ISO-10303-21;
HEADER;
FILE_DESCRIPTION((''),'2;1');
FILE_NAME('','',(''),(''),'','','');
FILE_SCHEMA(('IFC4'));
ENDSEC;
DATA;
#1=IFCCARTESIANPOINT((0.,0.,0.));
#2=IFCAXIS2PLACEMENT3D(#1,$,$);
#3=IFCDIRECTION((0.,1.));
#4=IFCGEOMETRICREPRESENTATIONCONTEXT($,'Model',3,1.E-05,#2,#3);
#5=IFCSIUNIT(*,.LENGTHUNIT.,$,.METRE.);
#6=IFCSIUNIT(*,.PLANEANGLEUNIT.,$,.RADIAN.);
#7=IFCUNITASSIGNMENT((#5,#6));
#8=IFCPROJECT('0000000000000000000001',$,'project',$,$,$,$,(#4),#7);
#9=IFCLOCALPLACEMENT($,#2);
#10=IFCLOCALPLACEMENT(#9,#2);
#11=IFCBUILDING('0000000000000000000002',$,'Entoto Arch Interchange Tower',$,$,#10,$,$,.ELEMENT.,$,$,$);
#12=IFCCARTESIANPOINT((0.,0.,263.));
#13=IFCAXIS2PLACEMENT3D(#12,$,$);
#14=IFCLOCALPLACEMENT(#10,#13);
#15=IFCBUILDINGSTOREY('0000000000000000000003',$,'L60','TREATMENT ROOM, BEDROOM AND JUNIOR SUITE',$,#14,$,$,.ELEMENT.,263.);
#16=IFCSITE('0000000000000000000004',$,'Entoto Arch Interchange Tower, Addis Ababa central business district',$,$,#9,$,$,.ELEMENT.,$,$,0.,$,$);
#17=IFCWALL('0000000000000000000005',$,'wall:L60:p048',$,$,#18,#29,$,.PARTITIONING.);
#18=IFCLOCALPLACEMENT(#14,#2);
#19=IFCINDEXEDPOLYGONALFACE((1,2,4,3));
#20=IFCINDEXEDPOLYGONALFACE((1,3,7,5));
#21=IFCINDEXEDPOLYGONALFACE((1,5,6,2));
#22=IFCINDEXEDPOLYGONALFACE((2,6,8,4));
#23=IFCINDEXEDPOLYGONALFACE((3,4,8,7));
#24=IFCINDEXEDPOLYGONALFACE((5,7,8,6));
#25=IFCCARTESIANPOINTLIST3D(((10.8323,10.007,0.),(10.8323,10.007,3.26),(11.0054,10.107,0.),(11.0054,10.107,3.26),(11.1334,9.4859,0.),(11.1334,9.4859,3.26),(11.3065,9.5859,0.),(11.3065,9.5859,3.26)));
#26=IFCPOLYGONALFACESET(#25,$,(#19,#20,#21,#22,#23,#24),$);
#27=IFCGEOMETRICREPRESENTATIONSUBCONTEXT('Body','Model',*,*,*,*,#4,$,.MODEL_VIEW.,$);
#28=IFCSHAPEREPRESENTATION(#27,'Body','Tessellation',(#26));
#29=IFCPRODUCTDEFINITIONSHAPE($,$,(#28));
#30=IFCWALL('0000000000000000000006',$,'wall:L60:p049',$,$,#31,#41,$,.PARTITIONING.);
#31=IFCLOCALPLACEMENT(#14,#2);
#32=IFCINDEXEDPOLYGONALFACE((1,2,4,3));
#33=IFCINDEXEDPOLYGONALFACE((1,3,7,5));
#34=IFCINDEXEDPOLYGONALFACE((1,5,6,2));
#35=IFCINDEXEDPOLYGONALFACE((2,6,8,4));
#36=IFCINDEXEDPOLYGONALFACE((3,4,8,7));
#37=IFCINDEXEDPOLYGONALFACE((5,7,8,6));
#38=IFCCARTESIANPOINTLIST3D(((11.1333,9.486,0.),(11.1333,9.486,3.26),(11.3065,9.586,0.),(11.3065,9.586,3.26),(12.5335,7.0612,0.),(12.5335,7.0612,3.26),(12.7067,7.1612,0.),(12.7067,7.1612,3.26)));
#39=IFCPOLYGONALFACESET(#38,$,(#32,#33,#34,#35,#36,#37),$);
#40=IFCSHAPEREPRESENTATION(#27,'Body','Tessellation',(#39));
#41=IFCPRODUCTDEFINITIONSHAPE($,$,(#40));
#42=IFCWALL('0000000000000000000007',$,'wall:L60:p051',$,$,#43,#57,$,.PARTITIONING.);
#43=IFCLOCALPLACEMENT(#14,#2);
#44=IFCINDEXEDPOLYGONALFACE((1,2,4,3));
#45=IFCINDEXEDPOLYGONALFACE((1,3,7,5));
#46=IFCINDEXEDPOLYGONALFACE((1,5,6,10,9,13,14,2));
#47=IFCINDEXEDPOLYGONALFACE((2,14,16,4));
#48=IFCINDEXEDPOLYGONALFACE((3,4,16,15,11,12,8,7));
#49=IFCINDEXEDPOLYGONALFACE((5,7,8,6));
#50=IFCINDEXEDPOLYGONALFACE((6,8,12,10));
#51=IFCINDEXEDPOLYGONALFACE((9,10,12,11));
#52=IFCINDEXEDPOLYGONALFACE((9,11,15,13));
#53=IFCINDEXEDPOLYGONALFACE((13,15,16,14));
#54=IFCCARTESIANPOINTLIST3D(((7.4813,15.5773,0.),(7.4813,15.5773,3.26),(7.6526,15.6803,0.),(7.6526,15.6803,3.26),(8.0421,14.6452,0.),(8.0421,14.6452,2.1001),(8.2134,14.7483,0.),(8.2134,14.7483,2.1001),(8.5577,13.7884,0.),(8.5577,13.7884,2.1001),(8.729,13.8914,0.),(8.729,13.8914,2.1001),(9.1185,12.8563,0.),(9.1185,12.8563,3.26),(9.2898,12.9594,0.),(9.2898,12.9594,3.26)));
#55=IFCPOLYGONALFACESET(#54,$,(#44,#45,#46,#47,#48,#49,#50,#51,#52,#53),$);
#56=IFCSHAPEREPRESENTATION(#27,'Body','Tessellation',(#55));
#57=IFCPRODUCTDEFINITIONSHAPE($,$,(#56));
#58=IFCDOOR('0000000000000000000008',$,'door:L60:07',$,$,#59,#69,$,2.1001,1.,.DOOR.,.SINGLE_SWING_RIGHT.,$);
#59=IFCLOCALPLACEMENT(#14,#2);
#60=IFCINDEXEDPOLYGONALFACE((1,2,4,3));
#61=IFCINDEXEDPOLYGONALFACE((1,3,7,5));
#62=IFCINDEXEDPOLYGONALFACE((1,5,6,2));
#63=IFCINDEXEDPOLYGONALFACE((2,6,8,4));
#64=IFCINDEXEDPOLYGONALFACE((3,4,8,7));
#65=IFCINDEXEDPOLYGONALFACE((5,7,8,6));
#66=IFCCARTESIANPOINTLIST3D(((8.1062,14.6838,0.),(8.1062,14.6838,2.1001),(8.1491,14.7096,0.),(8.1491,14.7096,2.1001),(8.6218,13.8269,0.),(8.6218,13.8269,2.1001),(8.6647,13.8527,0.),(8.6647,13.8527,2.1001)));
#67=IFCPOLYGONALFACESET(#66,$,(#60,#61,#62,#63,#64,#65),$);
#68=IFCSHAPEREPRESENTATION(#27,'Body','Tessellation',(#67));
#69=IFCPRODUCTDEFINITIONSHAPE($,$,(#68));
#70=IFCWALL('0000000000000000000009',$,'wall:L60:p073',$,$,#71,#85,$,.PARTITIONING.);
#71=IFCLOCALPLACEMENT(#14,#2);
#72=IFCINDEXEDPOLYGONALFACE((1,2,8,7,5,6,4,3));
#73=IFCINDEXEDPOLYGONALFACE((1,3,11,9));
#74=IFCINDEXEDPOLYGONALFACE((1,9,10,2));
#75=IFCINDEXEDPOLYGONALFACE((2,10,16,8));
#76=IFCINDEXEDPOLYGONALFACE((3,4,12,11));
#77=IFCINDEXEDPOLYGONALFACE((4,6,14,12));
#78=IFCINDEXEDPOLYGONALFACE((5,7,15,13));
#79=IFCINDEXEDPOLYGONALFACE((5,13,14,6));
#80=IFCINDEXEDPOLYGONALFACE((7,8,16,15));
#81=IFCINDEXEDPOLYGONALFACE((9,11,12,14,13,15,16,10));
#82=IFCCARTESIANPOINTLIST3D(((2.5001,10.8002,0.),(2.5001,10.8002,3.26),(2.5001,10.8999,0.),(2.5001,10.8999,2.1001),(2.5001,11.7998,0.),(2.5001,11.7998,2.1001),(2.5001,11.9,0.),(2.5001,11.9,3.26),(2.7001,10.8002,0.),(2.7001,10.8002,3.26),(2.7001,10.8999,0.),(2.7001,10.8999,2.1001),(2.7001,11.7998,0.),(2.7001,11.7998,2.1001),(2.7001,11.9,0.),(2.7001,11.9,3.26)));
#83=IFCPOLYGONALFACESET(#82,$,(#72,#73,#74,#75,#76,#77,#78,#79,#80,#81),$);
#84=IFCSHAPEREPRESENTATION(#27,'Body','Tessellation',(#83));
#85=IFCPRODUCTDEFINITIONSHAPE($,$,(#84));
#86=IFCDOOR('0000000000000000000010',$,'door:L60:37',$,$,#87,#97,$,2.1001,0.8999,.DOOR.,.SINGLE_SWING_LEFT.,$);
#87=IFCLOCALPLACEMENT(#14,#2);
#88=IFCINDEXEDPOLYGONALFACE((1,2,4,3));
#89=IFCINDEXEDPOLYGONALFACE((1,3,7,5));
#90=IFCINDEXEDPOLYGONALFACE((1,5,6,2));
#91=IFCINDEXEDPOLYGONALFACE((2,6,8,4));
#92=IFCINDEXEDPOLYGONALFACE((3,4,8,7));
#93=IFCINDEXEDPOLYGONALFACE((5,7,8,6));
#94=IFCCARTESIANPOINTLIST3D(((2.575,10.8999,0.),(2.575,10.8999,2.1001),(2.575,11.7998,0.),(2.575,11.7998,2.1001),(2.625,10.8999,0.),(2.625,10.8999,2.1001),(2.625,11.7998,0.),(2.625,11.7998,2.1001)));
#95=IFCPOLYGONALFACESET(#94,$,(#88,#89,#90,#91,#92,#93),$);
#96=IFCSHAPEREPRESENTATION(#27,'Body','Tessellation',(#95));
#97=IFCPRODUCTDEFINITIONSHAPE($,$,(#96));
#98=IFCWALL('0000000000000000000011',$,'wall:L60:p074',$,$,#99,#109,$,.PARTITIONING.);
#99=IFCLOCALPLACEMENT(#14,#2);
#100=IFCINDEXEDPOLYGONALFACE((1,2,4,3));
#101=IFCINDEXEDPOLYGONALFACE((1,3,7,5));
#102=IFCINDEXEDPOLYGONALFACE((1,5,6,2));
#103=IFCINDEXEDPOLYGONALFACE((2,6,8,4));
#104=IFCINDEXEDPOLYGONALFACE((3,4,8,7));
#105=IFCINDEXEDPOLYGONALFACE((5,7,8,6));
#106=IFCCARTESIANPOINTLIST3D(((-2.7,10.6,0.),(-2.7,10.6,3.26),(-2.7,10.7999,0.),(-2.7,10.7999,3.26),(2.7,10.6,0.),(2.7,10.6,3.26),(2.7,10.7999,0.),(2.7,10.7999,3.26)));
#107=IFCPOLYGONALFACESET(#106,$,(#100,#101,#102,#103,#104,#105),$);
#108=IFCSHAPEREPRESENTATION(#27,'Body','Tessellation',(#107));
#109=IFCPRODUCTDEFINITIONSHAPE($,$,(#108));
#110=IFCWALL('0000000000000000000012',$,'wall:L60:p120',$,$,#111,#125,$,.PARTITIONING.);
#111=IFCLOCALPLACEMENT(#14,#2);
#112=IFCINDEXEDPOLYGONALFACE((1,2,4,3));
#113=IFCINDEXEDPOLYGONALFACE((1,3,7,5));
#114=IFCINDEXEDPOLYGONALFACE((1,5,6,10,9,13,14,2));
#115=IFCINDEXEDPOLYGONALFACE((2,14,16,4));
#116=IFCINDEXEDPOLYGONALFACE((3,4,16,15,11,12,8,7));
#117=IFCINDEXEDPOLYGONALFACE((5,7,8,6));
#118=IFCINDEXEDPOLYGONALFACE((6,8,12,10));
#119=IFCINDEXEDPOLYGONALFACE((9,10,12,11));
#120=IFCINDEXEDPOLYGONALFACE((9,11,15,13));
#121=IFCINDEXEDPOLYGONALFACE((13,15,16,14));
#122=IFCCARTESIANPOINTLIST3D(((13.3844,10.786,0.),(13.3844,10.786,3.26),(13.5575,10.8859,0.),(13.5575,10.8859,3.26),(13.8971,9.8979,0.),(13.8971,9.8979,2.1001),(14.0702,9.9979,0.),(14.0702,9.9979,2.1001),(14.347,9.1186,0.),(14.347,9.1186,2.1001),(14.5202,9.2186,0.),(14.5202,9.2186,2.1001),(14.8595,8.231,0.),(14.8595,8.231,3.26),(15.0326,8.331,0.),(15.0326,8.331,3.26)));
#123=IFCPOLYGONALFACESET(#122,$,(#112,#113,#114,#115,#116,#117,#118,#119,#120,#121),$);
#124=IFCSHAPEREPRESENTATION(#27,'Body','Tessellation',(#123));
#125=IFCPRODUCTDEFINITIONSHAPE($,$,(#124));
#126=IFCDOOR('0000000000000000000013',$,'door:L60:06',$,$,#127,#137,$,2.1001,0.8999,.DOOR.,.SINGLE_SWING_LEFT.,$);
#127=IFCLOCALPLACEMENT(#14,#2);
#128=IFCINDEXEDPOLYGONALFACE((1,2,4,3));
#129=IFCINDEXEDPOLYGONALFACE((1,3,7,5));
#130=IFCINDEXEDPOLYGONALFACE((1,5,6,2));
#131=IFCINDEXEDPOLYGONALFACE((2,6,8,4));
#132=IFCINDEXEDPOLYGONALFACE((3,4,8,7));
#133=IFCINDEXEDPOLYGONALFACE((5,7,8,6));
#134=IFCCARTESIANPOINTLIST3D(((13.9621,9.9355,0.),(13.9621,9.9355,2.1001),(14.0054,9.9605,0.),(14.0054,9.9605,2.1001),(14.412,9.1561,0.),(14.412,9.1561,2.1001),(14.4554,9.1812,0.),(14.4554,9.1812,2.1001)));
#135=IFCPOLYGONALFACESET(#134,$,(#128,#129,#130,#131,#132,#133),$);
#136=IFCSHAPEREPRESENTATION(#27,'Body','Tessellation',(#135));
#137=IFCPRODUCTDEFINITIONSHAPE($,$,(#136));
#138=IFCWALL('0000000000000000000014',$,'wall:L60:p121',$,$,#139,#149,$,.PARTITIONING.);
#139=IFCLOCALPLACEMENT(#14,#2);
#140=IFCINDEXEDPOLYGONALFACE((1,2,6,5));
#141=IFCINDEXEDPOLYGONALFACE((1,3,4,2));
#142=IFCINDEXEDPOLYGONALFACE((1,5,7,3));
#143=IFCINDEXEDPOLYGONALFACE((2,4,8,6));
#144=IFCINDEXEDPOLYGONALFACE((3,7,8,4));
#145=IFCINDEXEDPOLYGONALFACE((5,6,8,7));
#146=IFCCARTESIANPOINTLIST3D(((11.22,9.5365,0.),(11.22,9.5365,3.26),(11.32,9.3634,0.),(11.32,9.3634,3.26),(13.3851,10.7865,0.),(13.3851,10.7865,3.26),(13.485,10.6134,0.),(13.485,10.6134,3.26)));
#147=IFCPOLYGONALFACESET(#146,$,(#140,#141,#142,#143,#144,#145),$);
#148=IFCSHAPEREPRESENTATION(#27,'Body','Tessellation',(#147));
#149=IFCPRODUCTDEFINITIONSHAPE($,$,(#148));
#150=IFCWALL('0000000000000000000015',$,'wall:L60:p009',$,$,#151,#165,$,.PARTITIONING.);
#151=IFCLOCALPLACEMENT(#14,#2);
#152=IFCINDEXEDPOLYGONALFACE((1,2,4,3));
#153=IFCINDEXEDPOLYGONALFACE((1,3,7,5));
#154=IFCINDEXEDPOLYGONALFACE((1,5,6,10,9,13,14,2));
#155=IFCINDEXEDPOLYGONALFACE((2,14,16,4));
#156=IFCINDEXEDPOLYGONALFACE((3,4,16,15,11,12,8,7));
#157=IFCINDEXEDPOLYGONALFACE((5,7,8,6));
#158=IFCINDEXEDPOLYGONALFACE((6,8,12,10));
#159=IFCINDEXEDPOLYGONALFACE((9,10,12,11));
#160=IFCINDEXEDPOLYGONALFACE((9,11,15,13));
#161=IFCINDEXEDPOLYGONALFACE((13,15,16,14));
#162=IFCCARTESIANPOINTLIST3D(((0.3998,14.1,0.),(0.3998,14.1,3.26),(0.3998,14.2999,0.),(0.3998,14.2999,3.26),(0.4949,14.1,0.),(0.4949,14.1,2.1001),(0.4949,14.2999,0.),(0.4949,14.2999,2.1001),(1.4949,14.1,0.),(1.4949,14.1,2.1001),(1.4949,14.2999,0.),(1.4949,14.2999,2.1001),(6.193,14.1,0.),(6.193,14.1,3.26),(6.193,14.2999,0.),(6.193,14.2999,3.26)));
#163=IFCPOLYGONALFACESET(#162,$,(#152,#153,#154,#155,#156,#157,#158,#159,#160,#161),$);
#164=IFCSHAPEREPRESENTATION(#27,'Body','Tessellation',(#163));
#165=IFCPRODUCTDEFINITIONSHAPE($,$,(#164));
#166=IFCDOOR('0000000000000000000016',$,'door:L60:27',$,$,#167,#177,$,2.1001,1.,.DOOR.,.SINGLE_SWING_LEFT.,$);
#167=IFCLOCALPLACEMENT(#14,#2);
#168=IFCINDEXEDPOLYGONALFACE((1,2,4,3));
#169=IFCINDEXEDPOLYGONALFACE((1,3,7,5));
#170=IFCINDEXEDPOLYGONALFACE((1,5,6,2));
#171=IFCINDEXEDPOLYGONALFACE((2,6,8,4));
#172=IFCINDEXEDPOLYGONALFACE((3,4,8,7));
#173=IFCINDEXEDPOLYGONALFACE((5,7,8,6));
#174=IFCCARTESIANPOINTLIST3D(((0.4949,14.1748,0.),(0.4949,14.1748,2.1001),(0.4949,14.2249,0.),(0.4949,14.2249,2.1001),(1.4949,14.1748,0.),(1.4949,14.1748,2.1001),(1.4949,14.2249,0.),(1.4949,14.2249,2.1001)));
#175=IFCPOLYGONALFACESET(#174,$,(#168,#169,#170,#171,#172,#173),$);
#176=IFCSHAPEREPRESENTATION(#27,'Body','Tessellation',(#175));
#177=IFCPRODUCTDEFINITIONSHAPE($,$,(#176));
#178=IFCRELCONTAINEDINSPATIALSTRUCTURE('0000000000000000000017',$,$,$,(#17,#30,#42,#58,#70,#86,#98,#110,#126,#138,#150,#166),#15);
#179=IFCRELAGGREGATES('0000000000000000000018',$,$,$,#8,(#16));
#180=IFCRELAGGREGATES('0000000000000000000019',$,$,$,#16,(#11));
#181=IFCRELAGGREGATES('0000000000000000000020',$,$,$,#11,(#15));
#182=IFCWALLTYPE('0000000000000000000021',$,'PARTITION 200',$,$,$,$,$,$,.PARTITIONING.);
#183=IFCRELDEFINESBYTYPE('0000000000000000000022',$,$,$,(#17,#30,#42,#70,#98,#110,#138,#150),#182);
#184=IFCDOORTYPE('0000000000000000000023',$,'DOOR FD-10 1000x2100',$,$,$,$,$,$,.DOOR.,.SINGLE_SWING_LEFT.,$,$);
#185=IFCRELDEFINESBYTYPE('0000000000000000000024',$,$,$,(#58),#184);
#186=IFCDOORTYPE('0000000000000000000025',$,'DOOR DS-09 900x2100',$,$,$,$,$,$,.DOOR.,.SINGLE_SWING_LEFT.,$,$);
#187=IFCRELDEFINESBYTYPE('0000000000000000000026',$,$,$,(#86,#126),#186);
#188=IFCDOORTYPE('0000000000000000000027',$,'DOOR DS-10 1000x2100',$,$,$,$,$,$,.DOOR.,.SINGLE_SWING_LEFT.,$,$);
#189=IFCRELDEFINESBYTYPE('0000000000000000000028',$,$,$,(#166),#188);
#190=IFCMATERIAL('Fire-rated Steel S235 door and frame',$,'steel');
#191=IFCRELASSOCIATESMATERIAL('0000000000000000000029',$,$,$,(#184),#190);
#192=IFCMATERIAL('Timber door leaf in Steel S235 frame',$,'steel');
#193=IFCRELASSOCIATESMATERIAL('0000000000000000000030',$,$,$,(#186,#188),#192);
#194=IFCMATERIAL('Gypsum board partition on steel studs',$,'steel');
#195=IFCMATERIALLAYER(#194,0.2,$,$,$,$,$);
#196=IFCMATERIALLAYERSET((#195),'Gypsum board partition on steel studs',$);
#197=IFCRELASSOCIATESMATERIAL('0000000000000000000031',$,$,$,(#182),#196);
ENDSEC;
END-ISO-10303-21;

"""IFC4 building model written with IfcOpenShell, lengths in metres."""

from ifc_helpers import new_model, si_unit, direction, frame, frame_2d, origin, place, context, subcontext, project, spatial, rectangle, extrude, material, layer, layer_set, type_object, element, fill, save


model = new_model("IFC4")

# Units and contexts
model_context = context("Model", 3, precision=1e-05, world=origin(), true_north=direction((0.0, 1.0)))
body_context = subcontext(model_context, "Body", "Model", "MODEL_VIEW")
ifc_project = project(units=[si_unit("LENGTHUNIT", "METRE"), si_unit("PLANEANGLEUNIT", "RADIAN")], contexts=[model_context])

# Site, building, storey
site_placement = place(None, origin())
site = spatial("IfcSite", under=ifc_project, at=site_placement, Name="Entoto Arch Interchange Tower, Addis Ababa central business district", CompositionType="ELEMENT", RefElevation=0.0)
building_placement = place(site_placement, origin())
building = spatial("IfcBuilding", under=site, at=building_placement, Name="Entoto Arch Interchange Tower", CompositionType="ELEMENT")
storey_placement = place(building_placement, frame((0.0, 0.0, 263.0)))
storey = spatial("IfcBuildingStorey", under=building, at=storey_placement, Name="L60", Description="TREATMENT ROOM, BEDROOM AND JUNIOR SUITE", CompositionType="ELEMENT", Elevation=263.0)

# Shared definitions
ifc_material_1 = material(Name="Fire-rated Steel S235 door and frame", Category="steel")
door_type_1 = type_object("IfcDoorType", Name="DOOR FD-10 1000x2100", OperationType="SINGLE_SWING_LEFT", PredefinedType="DOOR", material=ifc_material_1)

# Shared definitions
ifc_material_2 = material(Name="Gypsum board partition on steel studs", Category="steel")
ifc_material_3 = material(Name="Timber door leaf in Steel S235 frame", Category="steel")
door_type_2 = type_object("IfcDoorType", Name="DOOR DS-09 900x2100", OperationType="SINGLE_SWING_LEFT", PredefinedType="DOOR", material=ifc_material_3)

# Walls
ifc_layer_1 = layer(ifc_material_2, 0.2)
ifc_layer_set_1 = layer_set([ifc_layer_1], Name="Gypsum board partition on steel studs")
wall_type_1 = type_object("IfcWallType", Name="PARTITION 200", PredefinedType="PARTITIONING", material=ifc_layer_set_1)
wall_1_placement = place(storey_placement, frame((10.9189, 10.0569, 0.0), z_axis=(0.0, 0.0, 1.0), x_axis=(0.500284, -0.865861, 0.0)))
element("IfcWall", 1, at=wall_1_placement, inside=storey, type_object=wall_type_1, Name="wall:L60:p048", PredefinedType="PARTITIONING", context=body_context, shape_type="SweptSolid", body=[
    extrude(rectangle(XDim=0.6018, YDim=0.2, at=frame_2d((0.3008, 0.0))), origin(), (0.0, 0.0, 1.0), 3.26),
])
wall_2_placement = place(storey_placement, frame((11.22, 9.5359, 0.0), z_axis=(0.0, 0.0, 1.0), x_axis=(0.50005, -0.865997, 0.0)))
element("IfcWall", 2, at=wall_2_placement, inside=storey, type_object=wall_type_1, Name="wall:L60:p049", PredefinedType="PARTITIONING", context=body_context, shape_type="SweptSolid", body=[
    extrude(rectangle(XDim=2.8, YDim=0.2, at=frame_2d((1.3999, 0.0))), origin(), (0.0, 0.0, 1.0), 3.26),
])

# Walls, openings, doors
wall_3_placement = place(storey_placement, frame((7.5669, 15.6289, 0.0), z_axis=(0.0, 0.0, 1.0), x_axis=(0.515569, -0.856848, 0.0)))
wall_3 = element("IfcWall", 3, at=wall_3_placement, inside=storey, type_object=wall_type_1, Name="wall:L60:p051", PredefinedType="PARTITIONING", context=body_context, shape_type="SweptSolid", body=[
    extrude(rectangle(XDim=3.1755, YDim=0.2, at=frame_2d((1.5879, 0.0))), origin(), (0.0, 0.0, 1.0), 3.26),
])
opening_1_placement = place(wall_3_placement, frame((1.0879, 0.0, 0.0)))
opening_1 = element("IfcOpeningElement", 4, at=opening_1_placement, cuts=wall_3, PredefinedType="OPENING", context=body_context, shape_type="SweptSolid", body=[
    extrude(rectangle(XDim=1.0, YDim=2.1001, at=frame_2d((0.5, 1.05))), frame((0.0, 0.1099, 0.0), z_axis=(0.0, -1.0, 0.0), x_axis=(1.0, 0.0, 0.0)), (0.0, 0.0, 1.0), 0.22),
])
door_1_placement = place(opening_1_placement, origin())
door_1 = element("IfcDoor", 5, at=door_1_placement, inside=storey, type_object=door_type_1, Name="door:L60:07", OperationType="SINGLE_SWING_RIGHT", OverallHeight=2.1001, OverallWidth=1.0, PredefinedType="DOOR", context=body_context, shape_type="SweptSolid", body=[
    extrude(rectangle(XDim=1.0, YDim=2.1001, at=frame_2d((0.5, 1.05))), frame((0.0, 0.0249, 0.0), z_axis=(0.0, -1.0, 0.0), x_axis=(1.0, 0.0, 0.0)), (0.0, 0.0, 1.0), 0.05),
])
fill(opening_1, door_1)
wall_4_placement = place(storey_placement, frame((2.6001, 11.8999, 0.0), z_axis=(0.0, 0.0, 1.0), x_axis=(0.0, -1.0, 0.0)))
wall_4 = element("IfcWall", 6, at=wall_4_placement, inside=storey, type_object=wall_type_1, Name="wall:L60:p073", PredefinedType="PARTITIONING", context=body_context, shape_type="SweptSolid", body=[
    extrude(rectangle(XDim=1.0999, YDim=0.2, at=frame_2d((0.5498, 0.0))), origin(), (0.0, 0.0, 1.0), 3.26),
])
opening_2_placement = place(wall_4_placement, frame((0.1001, 0.0, 0.0)))
opening_2 = element("IfcOpeningElement", 7, at=opening_2_placement, cuts=wall_4, PredefinedType="OPENING", context=body_context, shape_type="SweptSolid", body=[
    extrude(rectangle(XDim=0.8999, YDim=2.1001, at=frame_2d((0.45, 1.05))), frame((0.0, 0.1099, 0.0), z_axis=(0.0, -1.0, 0.0), x_axis=(1.0, 0.0, 0.0)), (0.0, 0.0, 1.0), 0.22),
])
door_2_placement = place(opening_2_placement, origin())
door_2 = element("IfcDoor", 8, at=door_2_placement, inside=storey, type_object=door_type_2, Name="door:L60:37", OperationType="SINGLE_SWING_LEFT", OverallHeight=2.1001, OverallWidth=0.8999, PredefinedType="DOOR", context=body_context, shape_type="SweptSolid", body=[
    extrude(rectangle(XDim=0.8999, YDim=2.1001, at=frame_2d((0.45, 1.05))), frame((0.0, 0.0249, 0.0), z_axis=(0.0, -1.0, 0.0), x_axis=(1.0, 0.0, 0.0)), (0.0, 0.0, 1.0), 0.05),
])
fill(opening_2, door_2)

# Wall
wall_5_placement = place(storey_placement, frame((2.7, 10.7, 0.0), z_axis=(0.0, 0.0, 1.0), x_axis=(-1.0, 0.0, 0.0)))
element("IfcWall", 9, at=wall_5_placement, inside=storey, type_object=wall_type_1, Name="wall:L60:p074", PredefinedType="PARTITIONING", context=body_context, shape_type="SweptSolid", body=[
    extrude(rectangle(XDim=5.3999, YDim=0.2, at=frame_2d((2.7, 0.0))), origin(), (0.0, 0.0, 1.0), 3.26),
])

# Wall, opening, door
wall_6_placement = place(storey_placement, frame((14.946, 8.281, 0.0), z_axis=(0.0, 0.0, 1.0), x_axis=(-0.500002, 0.866024, 0.0)))
wall_6 = element("IfcWall", 10, at=wall_6_placement, inside=storey, type_object=wall_type_1, Name="wall:L60:p120", PredefinedType="PARTITIONING", context=body_context, shape_type="SweptSolid", body=[
    extrude(rectangle(XDim=2.9502, YDim=0.2, at=frame_2d((1.4751, 0.0))), origin(), (0.0, 0.0, 1.0), 3.26),
])
opening_3_placement = place(wall_6_placement, frame((1.0249, 0.0, 0.0)))
opening_3 = element("IfcOpeningElement", 11, at=opening_3_placement, cuts=wall_6, PredefinedType="OPENING", context=body_context, shape_type="SweptSolid", body=[
    extrude(rectangle(XDim=0.8999, YDim=2.1001, at=frame_2d((0.45, 1.05))), frame((0.0, 0.1099, 0.0), z_axis=(0.0, -1.0, 0.0), x_axis=(1.0, 0.0, 0.0)), (0.0, 0.0, 1.0), 0.22),
])
door_3_placement = place(opening_3_placement, origin())
door_3 = element("IfcDoor", 12, at=door_3_placement, inside=storey, type_object=door_type_2, Name="door:L60:06", OperationType="SINGLE_SWING_LEFT", OverallHeight=2.1001, OverallWidth=0.8999, PredefinedType="DOOR", context=body_context, shape_type="SweptSolid", body=[
    extrude(rectangle(XDim=0.8999, YDim=2.1001, at=frame_2d((0.45, 1.05))), frame((0.0, 0.0249, 0.0), z_axis=(0.0, -1.0, 0.0), x_axis=(1.0, 0.0, 0.0)), (0.0, 0.0, 1.0), 0.05),
])
fill(opening_3, door_3)

# Wall
wall_7_placement = place(storey_placement, frame((13.4351, 10.7, 0.0), z_axis=(0.0, 0.0, 1.0), x_axis=(-0.866023, -0.500004, 0.0)))
element("IfcWall", 13, at=wall_7_placement, inside=storey, type_object=wall_type_1, Name="wall:L60:p121", PredefinedType="PARTITIONING", context=body_context, shape_type="SweptSolid", body=[
    extrude(rectangle(XDim=2.5, YDim=0.2, at=frame_2d((1.25, 0.0))), origin(), (0.0, 0.0, 1.0), 3.26),
])

# Wall, opening, door
wall_8_placement = place(storey_placement, frame((0.3999, 14.2, 0.0), z_axis=(0.0, 0.0, 1.0), x_axis=(1.0, 0.0, 0.0)))
wall_8 = element("IfcWall", 14, at=wall_8_placement, inside=storey, type_object=wall_type_1, Name="wall:L60:p009", PredefinedType="PARTITIONING", context=body_context, shape_type="SweptSolid", body=[
    extrude(rectangle(XDim=5.7932, YDim=0.2, at=frame_2d((2.8965, 0.0))), origin(), (0.0, 0.0, 1.0), 3.26),
])
opening_4_placement = place(wall_8_placement, frame((0.095, 0.0, 0.0)))
opening_4 = element("IfcOpeningElement", 15, at=opening_4_placement, cuts=wall_8, PredefinedType="OPENING", context=body_context, shape_type="SweptSolid", body=[
    extrude(rectangle(XDim=1.0, YDim=2.1001, at=frame_2d((0.5, 1.05))), frame((0.0, 0.1099, 0.0), z_axis=(0.0, -1.0, 0.0), x_axis=(1.0, 0.0, 0.0)), (0.0, 0.0, 1.0), 0.22),
])
door_type_3 = type_object("IfcDoorType", Name="DOOR DS-10 1000x2100", OperationType="SINGLE_SWING_LEFT", PredefinedType="DOOR", material=ifc_material_3)
door_4_placement = place(opening_4_placement, origin())
door_4 = element("IfcDoor", 16, at=door_4_placement, inside=storey, type_object=door_type_3, Name="door:L60:27", OperationType="SINGLE_SWING_LEFT", OverallHeight=2.1001, OverallWidth=1.0, PredefinedType="DOOR", context=body_context, shape_type="SweptSolid", body=[
    extrude(rectangle(XDim=1.0, YDim=2.1001, at=frame_2d((0.5, 1.05))), frame((0.0, 0.0249, 0.0), z_axis=(0.0, -1.0, 0.0), x_axis=(1.0, 0.0, 0.0)), (0.0, 0.0, 1.0), 0.05),
])
fill(opening_4, door_4)

save(model, "model.ifc")
